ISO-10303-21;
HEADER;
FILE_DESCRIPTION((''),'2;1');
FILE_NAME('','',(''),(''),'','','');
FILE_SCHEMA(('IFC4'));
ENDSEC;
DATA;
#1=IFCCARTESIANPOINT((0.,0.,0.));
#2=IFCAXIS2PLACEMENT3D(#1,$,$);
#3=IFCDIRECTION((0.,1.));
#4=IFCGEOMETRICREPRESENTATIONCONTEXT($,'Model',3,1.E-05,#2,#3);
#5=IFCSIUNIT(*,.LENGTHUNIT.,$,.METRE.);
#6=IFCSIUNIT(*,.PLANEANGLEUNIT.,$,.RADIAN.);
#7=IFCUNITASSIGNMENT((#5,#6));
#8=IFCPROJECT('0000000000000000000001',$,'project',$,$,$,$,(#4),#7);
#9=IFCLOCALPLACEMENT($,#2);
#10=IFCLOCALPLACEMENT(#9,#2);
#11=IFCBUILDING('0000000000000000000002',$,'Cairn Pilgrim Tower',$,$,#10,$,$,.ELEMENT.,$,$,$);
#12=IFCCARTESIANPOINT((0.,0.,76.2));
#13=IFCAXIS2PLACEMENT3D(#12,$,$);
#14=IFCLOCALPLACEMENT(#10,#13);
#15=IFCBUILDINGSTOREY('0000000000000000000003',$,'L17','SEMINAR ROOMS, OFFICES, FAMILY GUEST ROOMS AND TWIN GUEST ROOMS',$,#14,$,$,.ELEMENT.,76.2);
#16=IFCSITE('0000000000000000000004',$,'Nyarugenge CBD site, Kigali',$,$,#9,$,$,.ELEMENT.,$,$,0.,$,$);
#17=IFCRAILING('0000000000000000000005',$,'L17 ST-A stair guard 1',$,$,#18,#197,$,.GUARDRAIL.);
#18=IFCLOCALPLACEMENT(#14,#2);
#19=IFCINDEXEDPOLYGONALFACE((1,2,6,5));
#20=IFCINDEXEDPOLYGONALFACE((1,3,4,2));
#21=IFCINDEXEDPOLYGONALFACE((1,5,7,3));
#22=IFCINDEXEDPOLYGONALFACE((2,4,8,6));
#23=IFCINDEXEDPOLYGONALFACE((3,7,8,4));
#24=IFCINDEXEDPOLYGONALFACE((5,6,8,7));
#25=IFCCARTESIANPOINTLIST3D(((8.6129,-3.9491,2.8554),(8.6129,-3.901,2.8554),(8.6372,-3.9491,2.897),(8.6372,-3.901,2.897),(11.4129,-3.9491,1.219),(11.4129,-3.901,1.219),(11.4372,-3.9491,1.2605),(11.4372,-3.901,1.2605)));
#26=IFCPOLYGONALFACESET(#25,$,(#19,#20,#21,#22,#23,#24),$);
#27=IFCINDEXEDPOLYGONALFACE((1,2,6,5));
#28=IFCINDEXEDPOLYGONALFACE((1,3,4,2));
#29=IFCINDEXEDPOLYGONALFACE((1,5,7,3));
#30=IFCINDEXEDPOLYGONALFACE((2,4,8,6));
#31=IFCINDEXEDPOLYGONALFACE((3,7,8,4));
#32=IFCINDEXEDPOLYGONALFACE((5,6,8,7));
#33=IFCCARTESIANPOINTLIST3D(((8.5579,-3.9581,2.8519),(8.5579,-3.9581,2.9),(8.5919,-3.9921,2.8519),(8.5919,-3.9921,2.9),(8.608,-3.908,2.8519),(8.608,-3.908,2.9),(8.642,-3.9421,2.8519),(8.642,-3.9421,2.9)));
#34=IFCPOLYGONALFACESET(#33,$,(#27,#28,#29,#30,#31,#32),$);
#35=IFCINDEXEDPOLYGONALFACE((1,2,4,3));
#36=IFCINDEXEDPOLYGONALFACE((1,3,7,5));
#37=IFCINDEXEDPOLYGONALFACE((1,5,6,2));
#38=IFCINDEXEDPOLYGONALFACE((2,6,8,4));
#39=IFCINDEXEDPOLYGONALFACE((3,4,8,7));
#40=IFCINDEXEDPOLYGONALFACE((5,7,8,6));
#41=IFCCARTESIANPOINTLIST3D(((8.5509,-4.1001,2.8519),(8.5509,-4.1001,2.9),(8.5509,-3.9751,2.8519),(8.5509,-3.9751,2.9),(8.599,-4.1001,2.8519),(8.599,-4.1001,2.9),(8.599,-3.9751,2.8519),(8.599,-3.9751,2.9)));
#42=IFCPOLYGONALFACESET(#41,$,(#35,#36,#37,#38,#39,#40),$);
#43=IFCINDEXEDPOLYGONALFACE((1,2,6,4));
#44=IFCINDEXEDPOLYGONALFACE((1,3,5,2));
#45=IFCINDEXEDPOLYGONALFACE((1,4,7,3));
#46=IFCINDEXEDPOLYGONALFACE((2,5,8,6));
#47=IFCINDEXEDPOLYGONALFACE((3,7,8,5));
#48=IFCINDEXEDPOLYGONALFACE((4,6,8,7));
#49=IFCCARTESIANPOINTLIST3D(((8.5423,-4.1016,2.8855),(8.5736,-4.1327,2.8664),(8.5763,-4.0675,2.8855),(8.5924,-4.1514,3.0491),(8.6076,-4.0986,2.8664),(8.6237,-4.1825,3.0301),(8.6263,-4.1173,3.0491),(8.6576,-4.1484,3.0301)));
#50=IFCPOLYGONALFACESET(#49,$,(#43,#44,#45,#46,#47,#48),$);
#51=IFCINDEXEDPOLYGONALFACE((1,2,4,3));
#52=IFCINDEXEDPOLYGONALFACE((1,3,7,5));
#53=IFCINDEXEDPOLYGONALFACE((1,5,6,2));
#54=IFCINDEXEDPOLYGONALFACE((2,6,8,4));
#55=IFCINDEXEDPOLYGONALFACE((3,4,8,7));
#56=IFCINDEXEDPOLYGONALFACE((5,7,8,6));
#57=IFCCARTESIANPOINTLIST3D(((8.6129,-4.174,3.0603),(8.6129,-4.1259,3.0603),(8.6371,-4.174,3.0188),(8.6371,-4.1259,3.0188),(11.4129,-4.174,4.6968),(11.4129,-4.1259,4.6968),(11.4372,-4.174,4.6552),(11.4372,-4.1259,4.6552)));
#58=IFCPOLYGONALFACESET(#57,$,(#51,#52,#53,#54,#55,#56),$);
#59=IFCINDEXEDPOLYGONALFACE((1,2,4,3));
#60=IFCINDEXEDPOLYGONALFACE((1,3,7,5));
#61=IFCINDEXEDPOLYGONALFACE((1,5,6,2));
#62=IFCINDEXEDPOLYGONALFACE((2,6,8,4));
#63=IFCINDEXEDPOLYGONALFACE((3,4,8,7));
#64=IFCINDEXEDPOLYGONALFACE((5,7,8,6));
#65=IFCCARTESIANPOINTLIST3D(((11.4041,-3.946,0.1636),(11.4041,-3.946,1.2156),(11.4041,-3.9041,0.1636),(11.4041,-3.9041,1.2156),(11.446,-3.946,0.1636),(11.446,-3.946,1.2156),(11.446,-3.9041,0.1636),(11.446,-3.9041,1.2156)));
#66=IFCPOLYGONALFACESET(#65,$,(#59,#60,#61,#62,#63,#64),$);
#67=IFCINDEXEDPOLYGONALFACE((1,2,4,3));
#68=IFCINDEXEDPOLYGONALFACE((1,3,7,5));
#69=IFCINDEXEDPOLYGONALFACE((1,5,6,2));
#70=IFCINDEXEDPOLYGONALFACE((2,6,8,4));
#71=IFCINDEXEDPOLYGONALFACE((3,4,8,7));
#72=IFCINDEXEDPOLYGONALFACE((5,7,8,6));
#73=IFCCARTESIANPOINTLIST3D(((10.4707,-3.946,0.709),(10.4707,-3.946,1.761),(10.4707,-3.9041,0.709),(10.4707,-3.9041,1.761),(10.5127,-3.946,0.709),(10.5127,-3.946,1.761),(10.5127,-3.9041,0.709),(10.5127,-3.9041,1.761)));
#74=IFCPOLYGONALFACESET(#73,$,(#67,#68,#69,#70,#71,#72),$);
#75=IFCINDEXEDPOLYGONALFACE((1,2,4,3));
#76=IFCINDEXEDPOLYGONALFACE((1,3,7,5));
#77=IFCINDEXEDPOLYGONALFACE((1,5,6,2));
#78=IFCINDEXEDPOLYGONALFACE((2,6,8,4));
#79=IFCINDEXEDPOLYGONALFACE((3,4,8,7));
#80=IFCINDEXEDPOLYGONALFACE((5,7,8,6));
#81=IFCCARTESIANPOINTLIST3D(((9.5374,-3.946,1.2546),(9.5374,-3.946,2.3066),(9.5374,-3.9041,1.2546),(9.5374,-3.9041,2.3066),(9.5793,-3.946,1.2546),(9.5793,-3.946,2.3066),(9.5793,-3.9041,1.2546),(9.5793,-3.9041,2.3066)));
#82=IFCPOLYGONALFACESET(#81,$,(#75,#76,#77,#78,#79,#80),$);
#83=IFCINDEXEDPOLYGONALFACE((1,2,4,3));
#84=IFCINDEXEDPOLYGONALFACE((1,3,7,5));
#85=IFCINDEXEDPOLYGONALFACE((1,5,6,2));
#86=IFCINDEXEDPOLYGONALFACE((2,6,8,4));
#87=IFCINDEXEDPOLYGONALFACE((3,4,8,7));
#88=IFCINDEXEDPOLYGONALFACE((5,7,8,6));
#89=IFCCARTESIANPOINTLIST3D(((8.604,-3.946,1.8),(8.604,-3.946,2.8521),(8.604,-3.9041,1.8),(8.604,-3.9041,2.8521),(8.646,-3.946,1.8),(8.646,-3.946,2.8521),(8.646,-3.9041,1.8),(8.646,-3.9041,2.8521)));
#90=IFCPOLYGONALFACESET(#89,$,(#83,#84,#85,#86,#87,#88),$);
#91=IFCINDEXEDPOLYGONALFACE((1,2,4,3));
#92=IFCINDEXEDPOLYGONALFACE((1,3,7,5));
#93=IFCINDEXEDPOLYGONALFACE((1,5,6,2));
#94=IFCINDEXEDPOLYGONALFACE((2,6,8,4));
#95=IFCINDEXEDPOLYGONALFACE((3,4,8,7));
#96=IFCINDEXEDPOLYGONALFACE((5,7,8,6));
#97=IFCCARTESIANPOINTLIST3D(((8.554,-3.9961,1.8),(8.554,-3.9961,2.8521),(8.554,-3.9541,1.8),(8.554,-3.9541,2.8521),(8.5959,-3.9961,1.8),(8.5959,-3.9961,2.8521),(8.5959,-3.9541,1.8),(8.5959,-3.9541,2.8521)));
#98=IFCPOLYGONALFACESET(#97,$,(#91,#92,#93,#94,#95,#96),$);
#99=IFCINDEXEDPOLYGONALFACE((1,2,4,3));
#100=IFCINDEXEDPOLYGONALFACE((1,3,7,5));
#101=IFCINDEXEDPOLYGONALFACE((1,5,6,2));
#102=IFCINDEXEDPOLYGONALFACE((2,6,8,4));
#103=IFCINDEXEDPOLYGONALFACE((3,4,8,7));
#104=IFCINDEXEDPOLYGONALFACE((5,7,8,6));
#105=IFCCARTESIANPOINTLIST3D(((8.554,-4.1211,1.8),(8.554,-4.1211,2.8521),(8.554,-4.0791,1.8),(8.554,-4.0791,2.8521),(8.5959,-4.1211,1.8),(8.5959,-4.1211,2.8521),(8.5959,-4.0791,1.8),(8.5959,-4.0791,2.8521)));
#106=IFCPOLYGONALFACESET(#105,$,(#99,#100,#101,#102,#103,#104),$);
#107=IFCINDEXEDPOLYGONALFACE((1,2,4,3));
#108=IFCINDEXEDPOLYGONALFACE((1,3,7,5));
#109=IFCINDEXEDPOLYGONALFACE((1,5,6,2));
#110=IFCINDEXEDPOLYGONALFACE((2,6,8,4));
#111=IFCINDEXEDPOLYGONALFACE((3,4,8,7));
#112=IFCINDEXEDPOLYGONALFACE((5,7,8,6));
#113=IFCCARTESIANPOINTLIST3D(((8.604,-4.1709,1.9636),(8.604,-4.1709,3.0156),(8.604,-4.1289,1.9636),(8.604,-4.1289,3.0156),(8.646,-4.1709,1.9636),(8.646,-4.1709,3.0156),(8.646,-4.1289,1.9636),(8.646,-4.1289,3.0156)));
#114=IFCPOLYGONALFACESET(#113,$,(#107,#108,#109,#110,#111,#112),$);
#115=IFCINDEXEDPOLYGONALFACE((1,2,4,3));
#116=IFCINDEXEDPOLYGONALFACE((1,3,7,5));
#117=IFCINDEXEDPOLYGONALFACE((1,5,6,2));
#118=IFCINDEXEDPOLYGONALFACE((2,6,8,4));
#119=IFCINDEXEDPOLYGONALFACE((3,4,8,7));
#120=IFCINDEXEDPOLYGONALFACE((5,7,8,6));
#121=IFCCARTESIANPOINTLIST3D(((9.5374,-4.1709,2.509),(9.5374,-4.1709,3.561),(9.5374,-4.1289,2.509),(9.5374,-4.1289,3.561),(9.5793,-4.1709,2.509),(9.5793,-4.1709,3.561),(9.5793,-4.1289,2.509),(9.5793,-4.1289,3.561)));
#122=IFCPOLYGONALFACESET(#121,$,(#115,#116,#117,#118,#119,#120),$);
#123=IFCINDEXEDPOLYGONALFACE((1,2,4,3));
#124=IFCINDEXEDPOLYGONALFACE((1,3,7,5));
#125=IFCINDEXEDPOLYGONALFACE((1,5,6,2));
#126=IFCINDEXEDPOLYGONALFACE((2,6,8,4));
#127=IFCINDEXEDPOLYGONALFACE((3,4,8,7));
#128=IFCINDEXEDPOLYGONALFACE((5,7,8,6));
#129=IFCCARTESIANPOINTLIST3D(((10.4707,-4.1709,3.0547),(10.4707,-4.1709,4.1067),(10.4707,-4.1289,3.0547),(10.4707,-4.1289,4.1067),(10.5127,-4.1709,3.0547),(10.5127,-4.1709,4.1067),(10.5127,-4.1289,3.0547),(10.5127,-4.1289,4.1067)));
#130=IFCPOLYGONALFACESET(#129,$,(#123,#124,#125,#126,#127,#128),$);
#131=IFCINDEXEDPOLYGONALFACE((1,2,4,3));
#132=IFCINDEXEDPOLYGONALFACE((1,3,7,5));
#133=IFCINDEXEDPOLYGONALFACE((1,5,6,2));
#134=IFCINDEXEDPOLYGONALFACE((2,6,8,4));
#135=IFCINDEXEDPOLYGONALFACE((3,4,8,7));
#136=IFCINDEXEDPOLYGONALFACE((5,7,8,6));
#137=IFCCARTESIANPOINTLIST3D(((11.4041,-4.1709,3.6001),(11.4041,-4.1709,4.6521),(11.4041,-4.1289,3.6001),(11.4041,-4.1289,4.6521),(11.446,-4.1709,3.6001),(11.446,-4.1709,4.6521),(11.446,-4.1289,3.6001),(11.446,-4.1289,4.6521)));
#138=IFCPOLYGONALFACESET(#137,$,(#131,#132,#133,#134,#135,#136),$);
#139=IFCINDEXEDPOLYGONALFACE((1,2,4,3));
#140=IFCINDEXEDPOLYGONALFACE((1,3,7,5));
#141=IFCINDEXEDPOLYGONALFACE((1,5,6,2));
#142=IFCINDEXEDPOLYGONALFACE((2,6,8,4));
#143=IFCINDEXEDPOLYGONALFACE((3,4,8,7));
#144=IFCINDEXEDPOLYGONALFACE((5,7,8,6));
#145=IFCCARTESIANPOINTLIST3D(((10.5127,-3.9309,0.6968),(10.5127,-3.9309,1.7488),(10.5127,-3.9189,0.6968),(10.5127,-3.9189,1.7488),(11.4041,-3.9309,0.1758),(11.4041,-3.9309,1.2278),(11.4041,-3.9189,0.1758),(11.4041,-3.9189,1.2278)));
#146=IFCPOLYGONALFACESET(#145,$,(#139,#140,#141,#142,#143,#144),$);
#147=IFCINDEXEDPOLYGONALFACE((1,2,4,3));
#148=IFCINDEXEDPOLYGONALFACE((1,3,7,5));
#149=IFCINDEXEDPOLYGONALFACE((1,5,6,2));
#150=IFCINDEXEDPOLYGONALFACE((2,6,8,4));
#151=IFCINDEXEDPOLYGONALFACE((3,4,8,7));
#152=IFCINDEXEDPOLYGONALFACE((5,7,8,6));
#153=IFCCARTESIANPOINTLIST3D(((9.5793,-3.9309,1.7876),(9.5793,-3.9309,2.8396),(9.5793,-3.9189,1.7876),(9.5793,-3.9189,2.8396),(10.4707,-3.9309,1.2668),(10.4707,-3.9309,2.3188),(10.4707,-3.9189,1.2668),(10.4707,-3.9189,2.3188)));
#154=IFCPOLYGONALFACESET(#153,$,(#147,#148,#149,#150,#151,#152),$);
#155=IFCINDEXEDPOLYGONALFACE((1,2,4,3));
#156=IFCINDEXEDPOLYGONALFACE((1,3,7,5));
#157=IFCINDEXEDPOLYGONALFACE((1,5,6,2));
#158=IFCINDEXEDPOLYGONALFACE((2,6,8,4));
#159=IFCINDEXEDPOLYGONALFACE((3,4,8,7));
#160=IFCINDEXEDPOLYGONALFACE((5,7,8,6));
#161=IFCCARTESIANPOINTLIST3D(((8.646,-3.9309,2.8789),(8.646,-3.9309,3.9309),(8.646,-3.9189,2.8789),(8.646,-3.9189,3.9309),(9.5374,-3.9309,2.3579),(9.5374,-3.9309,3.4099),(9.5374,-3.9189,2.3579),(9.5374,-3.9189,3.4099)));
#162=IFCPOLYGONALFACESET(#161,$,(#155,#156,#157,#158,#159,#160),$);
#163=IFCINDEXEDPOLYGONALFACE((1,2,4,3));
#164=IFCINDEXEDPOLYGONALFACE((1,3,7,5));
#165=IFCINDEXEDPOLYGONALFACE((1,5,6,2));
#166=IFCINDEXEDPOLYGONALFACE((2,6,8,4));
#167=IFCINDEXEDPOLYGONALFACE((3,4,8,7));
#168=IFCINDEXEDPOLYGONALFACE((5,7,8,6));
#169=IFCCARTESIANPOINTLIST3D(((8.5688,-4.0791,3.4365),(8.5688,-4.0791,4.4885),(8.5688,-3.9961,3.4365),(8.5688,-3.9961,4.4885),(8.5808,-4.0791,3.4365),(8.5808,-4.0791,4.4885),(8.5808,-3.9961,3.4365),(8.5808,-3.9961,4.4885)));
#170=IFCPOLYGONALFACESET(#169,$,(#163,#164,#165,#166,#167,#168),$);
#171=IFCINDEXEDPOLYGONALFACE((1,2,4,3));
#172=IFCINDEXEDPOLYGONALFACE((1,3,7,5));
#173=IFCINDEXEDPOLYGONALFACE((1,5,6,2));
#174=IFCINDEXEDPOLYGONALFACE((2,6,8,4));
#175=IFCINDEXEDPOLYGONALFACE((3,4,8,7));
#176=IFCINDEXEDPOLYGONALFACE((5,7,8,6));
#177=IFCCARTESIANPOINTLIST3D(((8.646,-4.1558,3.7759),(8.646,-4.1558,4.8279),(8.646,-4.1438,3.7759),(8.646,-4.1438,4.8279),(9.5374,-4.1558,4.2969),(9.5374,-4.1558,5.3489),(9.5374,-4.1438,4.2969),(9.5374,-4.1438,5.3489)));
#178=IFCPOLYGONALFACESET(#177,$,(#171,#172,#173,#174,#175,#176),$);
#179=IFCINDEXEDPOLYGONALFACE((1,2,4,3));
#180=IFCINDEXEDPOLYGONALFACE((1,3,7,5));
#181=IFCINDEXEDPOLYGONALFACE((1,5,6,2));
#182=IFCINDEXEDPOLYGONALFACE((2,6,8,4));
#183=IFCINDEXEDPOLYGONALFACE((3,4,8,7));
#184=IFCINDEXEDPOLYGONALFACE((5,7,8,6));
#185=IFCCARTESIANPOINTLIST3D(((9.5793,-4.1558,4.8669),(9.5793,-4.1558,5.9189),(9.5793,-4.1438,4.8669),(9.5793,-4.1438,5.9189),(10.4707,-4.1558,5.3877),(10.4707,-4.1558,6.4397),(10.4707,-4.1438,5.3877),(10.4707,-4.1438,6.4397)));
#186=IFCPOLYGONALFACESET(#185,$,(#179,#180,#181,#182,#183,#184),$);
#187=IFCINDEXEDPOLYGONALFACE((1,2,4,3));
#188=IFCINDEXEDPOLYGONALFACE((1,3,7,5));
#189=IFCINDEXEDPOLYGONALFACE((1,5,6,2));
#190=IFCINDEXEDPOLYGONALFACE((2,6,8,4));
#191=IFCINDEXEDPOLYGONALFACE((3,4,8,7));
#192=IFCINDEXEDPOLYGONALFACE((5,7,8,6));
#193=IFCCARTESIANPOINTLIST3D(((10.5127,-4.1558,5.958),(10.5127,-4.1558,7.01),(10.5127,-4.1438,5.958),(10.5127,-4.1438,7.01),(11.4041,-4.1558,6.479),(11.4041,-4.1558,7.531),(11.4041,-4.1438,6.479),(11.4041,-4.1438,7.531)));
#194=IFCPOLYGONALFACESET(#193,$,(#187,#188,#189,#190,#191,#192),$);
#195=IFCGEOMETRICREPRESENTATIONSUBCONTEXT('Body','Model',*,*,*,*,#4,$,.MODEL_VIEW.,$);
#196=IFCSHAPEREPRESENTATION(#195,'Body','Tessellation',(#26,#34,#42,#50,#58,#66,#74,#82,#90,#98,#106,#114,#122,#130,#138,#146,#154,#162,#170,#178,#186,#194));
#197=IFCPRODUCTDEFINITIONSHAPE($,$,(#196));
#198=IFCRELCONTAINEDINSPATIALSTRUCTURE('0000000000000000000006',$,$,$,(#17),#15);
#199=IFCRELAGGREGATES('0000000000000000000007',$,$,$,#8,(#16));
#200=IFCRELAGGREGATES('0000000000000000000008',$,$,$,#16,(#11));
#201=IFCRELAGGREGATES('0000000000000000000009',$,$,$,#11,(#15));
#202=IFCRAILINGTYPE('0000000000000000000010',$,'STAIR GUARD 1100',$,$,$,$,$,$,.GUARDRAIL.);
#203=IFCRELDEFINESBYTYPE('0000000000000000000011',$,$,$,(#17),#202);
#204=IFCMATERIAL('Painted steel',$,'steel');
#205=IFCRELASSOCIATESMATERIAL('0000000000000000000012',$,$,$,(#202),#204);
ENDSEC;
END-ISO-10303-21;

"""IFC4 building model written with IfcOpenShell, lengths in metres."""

from ifc_helpers import new_model, si_unit, direction, frame, origin, origin_2d, place, context, subcontext, project, spatial, polyline, rectangle, outline, extrude, material, type_object, element, save


model = new_model("IFC4")

# Units and contexts
model_context = context("Model", 3, precision=1e-05, world=origin(), true_north=direction((0.0, 1.0)))
body_context = subcontext(model_context, "Body", "Model", "MODEL_VIEW")
ifc_project = project(units=[si_unit("LENGTHUNIT", "METRE"), si_unit("PLANEANGLEUNIT", "RADIAN")], contexts=[model_context])

# Site, building, storey
site_placement = place(None, origin())
site = spatial("IfcSite", under=ifc_project, at=site_placement, Name="Nyarugenge CBD site, Kigali", CompositionType="ELEMENT", RefElevation=0.0)
building_placement = place(site_placement, origin())
building = spatial("IfcBuilding", under=site, at=building_placement, Name="Cairn Pilgrim Tower", CompositionType="ELEMENT")
storey_placement = place(building_placement, frame((0.0, 0.0, 76.2)))
storey = spatial("IfcBuildingStorey", under=building, at=storey_placement, Name="L17", Description="SEMINAR ROOMS, OFFICES, FAMILY GUEST ROOMS AND TWIN GUEST ROOMS", CompositionType="ELEMENT", Elevation=76.2)

# Shared definitions
ifc_material_1 = material(Name="Painted steel", Category="steel")

# Railing
railing_type_1 = type_object("IfcRailingType", Name="STAIR GUARD 1100", PredefinedType="GUARDRAIL", material=ifc_material_1)
railing_1_placement = place(storey_placement, frame((11.425, -3.925, 0.1636)))
element("IfcRailing", 1, at=railing_1_placement, inside=storey, type_object=railing_type_1, Name="L17 ST-A stair guard 1", PredefinedType="GUARDRAIL", context=body_context, shape_type="SweptSolid", body=[
    extrude(rectangle(XDim=0.0481, YDim=0.0481, at=origin_2d()), frame((0.0, 0.0, 1.0762), z_axis=(-0.863361, 0.0, 0.504587), x_axis=(0.0, -1.0, 0.0)), (0.0, 0.0, 1.0), 3.2432),
    extrude(rectangle(XDim=0.0481, YDim=0.0481, at=origin_2d()), frame((-2.8, 0.0, 2.7124), z_axis=(-0.707107, -0.707107, 0.0), x_axis=(0.707107, -0.707107, 0.0)), (0.0, 0.0, 1.0), 0.0708),
    extrude(rectangle(XDim=0.0481, YDim=0.0481, at=origin_2d()), frame((-2.8501, -0.05, 2.7124), z_axis=(0.0, -1.0, 0.0), x_axis=(1.0, 0.0, 0.0)), (0.0, 0.0, 1.0), 0.125),
    extrude(rectangle(XDim=0.0481, YDim=0.0481, at=origin_2d()), frame((-2.8501, -0.175, 2.7124), z_axis=(0.280917, -0.279546, 0.918118), x_axis=(0.705376, 0.708834, 0.0)), (0.0, 0.0, 1.0), 0.1782),
    extrude(rectangle(XDim=0.0481, YDim=0.0481, at=origin_2d()), frame((-2.8, -0.2249, 2.876), z_axis=(0.863361, 0.0, 0.504587), x_axis=(0.0, 1.0, 0.0)), (0.0, 0.0, 1.0), 3.2432),
    extrude(rectangle(XDim=0.042, YDim=0.042, at=origin_2d()), origin(), (0.0, 0.0, 1.0), 1.052),
    extrude(rectangle(XDim=0.042, YDim=0.042, at=origin_2d()), frame((-0.9333, 0.0, 0.5454)), (0.0, 0.0, 1.0), 1.052),
    extrude(rectangle(XDim=0.042, YDim=0.042, at=origin_2d()), frame((-1.8667, 0.0, 1.0911)), (0.0, 0.0, 1.0), 1.052),
    extrude(rectangle(XDim=0.042, YDim=0.042, at=origin_2d()), frame((-2.8, 0.0, 1.6365)), (0.0, 0.0, 1.0), 1.052),
    extrude(rectangle(XDim=0.042, YDim=0.042, at=origin_2d()), frame((-2.8501, -0.05, 1.6365)), (0.0, 0.0, 1.0), 1.052),
    extrude(rectangle(XDim=0.042, YDim=0.042, at=origin_2d()), frame((-2.8501, -0.175, 1.6365)), (0.0, 0.0, 1.0), 1.052),
    extrude(rectangle(XDim=0.042, YDim=0.042, at=origin_2d()), frame((-2.8, -0.2249, 1.8)), (0.0, 0.0, 1.0), 1.052),
    extrude(rectangle(XDim=0.042, YDim=0.042, at=origin_2d()), frame((-1.8667, -0.2249, 2.3455)), (0.0, 0.0, 1.0), 1.052),
    extrude(rectangle(XDim=0.042, YDim=0.042, at=origin_2d()), frame((-0.9333, -0.2249, 2.8911)), (0.0, 0.0, 1.0), 1.052),
    extrude(rectangle(XDim=0.042, YDim=0.042, at=origin_2d()), frame((0.0, -0.2249, 3.4365)), (0.0, 0.0, 1.0), 1.052),
    extrude(outline(polyline([(0.021, 0.0122), (0.9124, 0.5332), (0.9124, 1.5852), (0.021, 1.0642), (0.021, 0.0122)])), frame((0.0, -0.0059, 0.0), z_axis=(0.0, 1.0, 0.0), x_axis=(-1.0, 0.0, 0.0)), (0.0, 0.0, 1.0), 0.012),
    extrude(outline(polyline([(0.021, 0.5579), (0.9124, 1.0786), (0.9124, 2.1306), (0.021, 1.6099), (0.021, 0.5579)])), frame((-0.9333, -0.0059, 0.5454), z_axis=(0.0, 1.0, 0.0), x_axis=(-1.0, 0.0, 0.0)), (0.0, 0.0, 1.0), 0.012),
    extrude(outline(polyline([(0.021, 1.1033), (0.9124, 1.6243), (0.9124, 2.6763), (0.021, 2.1553), (0.021, 1.1033)])), frame((-1.8667, -0.0059, 1.0911), z_axis=(0.0, 1.0, 0.0), x_axis=(-1.0, 0.0, 0.0)), (0.0, 0.0, 1.0), 0.012),
    extrude(outline(polyline([(0.021, 1.6365), (0.104, 1.6365), (0.104, 2.6885), (0.021, 2.6885), (0.021, 1.6365)])), frame((-2.8442, -0.05, 1.6365), z_axis=(-1.0, 0.0, 0.0), x_axis=(0.0, -1.0, 0.0)), (0.0, 0.0, 1.0), 0.012),
    extrude(outline(polyline([(0.021, 1.8123), (0.9124, 2.3333), (0.9124, 3.3853), (0.021, 2.8643), (0.021, 1.8123)])), frame((-2.8, -0.2188, 1.8), z_axis=(0.0, -1.0, 0.0), x_axis=(1.0, 0.0, 0.0)), (0.0, 0.0, 1.0), 0.012),
    extrude(outline(polyline([(0.021, 2.3579), (0.9124, 2.8787), (0.9124, 3.9307), (0.021, 3.4099), (0.021, 2.3579)])), frame((-1.8667, -0.2188, 2.3455), z_axis=(0.0, -1.0, 0.0), x_axis=(1.0, 0.0, 0.0)), (0.0, 0.0, 1.0), 0.012),
    extrude(outline(polyline([(0.021, 2.9033), (0.9124, 3.4243), (0.9124, 4.4763), (0.021, 3.9553), (0.021, 2.9033)])), frame((-0.9333, -0.2188, 2.8911), z_axis=(0.0, -1.0, 0.0), x_axis=(1.0, 0.0, 0.0)), (0.0, 0.0, 1.0), 0.012),
])

save(model, "model.ifc")
